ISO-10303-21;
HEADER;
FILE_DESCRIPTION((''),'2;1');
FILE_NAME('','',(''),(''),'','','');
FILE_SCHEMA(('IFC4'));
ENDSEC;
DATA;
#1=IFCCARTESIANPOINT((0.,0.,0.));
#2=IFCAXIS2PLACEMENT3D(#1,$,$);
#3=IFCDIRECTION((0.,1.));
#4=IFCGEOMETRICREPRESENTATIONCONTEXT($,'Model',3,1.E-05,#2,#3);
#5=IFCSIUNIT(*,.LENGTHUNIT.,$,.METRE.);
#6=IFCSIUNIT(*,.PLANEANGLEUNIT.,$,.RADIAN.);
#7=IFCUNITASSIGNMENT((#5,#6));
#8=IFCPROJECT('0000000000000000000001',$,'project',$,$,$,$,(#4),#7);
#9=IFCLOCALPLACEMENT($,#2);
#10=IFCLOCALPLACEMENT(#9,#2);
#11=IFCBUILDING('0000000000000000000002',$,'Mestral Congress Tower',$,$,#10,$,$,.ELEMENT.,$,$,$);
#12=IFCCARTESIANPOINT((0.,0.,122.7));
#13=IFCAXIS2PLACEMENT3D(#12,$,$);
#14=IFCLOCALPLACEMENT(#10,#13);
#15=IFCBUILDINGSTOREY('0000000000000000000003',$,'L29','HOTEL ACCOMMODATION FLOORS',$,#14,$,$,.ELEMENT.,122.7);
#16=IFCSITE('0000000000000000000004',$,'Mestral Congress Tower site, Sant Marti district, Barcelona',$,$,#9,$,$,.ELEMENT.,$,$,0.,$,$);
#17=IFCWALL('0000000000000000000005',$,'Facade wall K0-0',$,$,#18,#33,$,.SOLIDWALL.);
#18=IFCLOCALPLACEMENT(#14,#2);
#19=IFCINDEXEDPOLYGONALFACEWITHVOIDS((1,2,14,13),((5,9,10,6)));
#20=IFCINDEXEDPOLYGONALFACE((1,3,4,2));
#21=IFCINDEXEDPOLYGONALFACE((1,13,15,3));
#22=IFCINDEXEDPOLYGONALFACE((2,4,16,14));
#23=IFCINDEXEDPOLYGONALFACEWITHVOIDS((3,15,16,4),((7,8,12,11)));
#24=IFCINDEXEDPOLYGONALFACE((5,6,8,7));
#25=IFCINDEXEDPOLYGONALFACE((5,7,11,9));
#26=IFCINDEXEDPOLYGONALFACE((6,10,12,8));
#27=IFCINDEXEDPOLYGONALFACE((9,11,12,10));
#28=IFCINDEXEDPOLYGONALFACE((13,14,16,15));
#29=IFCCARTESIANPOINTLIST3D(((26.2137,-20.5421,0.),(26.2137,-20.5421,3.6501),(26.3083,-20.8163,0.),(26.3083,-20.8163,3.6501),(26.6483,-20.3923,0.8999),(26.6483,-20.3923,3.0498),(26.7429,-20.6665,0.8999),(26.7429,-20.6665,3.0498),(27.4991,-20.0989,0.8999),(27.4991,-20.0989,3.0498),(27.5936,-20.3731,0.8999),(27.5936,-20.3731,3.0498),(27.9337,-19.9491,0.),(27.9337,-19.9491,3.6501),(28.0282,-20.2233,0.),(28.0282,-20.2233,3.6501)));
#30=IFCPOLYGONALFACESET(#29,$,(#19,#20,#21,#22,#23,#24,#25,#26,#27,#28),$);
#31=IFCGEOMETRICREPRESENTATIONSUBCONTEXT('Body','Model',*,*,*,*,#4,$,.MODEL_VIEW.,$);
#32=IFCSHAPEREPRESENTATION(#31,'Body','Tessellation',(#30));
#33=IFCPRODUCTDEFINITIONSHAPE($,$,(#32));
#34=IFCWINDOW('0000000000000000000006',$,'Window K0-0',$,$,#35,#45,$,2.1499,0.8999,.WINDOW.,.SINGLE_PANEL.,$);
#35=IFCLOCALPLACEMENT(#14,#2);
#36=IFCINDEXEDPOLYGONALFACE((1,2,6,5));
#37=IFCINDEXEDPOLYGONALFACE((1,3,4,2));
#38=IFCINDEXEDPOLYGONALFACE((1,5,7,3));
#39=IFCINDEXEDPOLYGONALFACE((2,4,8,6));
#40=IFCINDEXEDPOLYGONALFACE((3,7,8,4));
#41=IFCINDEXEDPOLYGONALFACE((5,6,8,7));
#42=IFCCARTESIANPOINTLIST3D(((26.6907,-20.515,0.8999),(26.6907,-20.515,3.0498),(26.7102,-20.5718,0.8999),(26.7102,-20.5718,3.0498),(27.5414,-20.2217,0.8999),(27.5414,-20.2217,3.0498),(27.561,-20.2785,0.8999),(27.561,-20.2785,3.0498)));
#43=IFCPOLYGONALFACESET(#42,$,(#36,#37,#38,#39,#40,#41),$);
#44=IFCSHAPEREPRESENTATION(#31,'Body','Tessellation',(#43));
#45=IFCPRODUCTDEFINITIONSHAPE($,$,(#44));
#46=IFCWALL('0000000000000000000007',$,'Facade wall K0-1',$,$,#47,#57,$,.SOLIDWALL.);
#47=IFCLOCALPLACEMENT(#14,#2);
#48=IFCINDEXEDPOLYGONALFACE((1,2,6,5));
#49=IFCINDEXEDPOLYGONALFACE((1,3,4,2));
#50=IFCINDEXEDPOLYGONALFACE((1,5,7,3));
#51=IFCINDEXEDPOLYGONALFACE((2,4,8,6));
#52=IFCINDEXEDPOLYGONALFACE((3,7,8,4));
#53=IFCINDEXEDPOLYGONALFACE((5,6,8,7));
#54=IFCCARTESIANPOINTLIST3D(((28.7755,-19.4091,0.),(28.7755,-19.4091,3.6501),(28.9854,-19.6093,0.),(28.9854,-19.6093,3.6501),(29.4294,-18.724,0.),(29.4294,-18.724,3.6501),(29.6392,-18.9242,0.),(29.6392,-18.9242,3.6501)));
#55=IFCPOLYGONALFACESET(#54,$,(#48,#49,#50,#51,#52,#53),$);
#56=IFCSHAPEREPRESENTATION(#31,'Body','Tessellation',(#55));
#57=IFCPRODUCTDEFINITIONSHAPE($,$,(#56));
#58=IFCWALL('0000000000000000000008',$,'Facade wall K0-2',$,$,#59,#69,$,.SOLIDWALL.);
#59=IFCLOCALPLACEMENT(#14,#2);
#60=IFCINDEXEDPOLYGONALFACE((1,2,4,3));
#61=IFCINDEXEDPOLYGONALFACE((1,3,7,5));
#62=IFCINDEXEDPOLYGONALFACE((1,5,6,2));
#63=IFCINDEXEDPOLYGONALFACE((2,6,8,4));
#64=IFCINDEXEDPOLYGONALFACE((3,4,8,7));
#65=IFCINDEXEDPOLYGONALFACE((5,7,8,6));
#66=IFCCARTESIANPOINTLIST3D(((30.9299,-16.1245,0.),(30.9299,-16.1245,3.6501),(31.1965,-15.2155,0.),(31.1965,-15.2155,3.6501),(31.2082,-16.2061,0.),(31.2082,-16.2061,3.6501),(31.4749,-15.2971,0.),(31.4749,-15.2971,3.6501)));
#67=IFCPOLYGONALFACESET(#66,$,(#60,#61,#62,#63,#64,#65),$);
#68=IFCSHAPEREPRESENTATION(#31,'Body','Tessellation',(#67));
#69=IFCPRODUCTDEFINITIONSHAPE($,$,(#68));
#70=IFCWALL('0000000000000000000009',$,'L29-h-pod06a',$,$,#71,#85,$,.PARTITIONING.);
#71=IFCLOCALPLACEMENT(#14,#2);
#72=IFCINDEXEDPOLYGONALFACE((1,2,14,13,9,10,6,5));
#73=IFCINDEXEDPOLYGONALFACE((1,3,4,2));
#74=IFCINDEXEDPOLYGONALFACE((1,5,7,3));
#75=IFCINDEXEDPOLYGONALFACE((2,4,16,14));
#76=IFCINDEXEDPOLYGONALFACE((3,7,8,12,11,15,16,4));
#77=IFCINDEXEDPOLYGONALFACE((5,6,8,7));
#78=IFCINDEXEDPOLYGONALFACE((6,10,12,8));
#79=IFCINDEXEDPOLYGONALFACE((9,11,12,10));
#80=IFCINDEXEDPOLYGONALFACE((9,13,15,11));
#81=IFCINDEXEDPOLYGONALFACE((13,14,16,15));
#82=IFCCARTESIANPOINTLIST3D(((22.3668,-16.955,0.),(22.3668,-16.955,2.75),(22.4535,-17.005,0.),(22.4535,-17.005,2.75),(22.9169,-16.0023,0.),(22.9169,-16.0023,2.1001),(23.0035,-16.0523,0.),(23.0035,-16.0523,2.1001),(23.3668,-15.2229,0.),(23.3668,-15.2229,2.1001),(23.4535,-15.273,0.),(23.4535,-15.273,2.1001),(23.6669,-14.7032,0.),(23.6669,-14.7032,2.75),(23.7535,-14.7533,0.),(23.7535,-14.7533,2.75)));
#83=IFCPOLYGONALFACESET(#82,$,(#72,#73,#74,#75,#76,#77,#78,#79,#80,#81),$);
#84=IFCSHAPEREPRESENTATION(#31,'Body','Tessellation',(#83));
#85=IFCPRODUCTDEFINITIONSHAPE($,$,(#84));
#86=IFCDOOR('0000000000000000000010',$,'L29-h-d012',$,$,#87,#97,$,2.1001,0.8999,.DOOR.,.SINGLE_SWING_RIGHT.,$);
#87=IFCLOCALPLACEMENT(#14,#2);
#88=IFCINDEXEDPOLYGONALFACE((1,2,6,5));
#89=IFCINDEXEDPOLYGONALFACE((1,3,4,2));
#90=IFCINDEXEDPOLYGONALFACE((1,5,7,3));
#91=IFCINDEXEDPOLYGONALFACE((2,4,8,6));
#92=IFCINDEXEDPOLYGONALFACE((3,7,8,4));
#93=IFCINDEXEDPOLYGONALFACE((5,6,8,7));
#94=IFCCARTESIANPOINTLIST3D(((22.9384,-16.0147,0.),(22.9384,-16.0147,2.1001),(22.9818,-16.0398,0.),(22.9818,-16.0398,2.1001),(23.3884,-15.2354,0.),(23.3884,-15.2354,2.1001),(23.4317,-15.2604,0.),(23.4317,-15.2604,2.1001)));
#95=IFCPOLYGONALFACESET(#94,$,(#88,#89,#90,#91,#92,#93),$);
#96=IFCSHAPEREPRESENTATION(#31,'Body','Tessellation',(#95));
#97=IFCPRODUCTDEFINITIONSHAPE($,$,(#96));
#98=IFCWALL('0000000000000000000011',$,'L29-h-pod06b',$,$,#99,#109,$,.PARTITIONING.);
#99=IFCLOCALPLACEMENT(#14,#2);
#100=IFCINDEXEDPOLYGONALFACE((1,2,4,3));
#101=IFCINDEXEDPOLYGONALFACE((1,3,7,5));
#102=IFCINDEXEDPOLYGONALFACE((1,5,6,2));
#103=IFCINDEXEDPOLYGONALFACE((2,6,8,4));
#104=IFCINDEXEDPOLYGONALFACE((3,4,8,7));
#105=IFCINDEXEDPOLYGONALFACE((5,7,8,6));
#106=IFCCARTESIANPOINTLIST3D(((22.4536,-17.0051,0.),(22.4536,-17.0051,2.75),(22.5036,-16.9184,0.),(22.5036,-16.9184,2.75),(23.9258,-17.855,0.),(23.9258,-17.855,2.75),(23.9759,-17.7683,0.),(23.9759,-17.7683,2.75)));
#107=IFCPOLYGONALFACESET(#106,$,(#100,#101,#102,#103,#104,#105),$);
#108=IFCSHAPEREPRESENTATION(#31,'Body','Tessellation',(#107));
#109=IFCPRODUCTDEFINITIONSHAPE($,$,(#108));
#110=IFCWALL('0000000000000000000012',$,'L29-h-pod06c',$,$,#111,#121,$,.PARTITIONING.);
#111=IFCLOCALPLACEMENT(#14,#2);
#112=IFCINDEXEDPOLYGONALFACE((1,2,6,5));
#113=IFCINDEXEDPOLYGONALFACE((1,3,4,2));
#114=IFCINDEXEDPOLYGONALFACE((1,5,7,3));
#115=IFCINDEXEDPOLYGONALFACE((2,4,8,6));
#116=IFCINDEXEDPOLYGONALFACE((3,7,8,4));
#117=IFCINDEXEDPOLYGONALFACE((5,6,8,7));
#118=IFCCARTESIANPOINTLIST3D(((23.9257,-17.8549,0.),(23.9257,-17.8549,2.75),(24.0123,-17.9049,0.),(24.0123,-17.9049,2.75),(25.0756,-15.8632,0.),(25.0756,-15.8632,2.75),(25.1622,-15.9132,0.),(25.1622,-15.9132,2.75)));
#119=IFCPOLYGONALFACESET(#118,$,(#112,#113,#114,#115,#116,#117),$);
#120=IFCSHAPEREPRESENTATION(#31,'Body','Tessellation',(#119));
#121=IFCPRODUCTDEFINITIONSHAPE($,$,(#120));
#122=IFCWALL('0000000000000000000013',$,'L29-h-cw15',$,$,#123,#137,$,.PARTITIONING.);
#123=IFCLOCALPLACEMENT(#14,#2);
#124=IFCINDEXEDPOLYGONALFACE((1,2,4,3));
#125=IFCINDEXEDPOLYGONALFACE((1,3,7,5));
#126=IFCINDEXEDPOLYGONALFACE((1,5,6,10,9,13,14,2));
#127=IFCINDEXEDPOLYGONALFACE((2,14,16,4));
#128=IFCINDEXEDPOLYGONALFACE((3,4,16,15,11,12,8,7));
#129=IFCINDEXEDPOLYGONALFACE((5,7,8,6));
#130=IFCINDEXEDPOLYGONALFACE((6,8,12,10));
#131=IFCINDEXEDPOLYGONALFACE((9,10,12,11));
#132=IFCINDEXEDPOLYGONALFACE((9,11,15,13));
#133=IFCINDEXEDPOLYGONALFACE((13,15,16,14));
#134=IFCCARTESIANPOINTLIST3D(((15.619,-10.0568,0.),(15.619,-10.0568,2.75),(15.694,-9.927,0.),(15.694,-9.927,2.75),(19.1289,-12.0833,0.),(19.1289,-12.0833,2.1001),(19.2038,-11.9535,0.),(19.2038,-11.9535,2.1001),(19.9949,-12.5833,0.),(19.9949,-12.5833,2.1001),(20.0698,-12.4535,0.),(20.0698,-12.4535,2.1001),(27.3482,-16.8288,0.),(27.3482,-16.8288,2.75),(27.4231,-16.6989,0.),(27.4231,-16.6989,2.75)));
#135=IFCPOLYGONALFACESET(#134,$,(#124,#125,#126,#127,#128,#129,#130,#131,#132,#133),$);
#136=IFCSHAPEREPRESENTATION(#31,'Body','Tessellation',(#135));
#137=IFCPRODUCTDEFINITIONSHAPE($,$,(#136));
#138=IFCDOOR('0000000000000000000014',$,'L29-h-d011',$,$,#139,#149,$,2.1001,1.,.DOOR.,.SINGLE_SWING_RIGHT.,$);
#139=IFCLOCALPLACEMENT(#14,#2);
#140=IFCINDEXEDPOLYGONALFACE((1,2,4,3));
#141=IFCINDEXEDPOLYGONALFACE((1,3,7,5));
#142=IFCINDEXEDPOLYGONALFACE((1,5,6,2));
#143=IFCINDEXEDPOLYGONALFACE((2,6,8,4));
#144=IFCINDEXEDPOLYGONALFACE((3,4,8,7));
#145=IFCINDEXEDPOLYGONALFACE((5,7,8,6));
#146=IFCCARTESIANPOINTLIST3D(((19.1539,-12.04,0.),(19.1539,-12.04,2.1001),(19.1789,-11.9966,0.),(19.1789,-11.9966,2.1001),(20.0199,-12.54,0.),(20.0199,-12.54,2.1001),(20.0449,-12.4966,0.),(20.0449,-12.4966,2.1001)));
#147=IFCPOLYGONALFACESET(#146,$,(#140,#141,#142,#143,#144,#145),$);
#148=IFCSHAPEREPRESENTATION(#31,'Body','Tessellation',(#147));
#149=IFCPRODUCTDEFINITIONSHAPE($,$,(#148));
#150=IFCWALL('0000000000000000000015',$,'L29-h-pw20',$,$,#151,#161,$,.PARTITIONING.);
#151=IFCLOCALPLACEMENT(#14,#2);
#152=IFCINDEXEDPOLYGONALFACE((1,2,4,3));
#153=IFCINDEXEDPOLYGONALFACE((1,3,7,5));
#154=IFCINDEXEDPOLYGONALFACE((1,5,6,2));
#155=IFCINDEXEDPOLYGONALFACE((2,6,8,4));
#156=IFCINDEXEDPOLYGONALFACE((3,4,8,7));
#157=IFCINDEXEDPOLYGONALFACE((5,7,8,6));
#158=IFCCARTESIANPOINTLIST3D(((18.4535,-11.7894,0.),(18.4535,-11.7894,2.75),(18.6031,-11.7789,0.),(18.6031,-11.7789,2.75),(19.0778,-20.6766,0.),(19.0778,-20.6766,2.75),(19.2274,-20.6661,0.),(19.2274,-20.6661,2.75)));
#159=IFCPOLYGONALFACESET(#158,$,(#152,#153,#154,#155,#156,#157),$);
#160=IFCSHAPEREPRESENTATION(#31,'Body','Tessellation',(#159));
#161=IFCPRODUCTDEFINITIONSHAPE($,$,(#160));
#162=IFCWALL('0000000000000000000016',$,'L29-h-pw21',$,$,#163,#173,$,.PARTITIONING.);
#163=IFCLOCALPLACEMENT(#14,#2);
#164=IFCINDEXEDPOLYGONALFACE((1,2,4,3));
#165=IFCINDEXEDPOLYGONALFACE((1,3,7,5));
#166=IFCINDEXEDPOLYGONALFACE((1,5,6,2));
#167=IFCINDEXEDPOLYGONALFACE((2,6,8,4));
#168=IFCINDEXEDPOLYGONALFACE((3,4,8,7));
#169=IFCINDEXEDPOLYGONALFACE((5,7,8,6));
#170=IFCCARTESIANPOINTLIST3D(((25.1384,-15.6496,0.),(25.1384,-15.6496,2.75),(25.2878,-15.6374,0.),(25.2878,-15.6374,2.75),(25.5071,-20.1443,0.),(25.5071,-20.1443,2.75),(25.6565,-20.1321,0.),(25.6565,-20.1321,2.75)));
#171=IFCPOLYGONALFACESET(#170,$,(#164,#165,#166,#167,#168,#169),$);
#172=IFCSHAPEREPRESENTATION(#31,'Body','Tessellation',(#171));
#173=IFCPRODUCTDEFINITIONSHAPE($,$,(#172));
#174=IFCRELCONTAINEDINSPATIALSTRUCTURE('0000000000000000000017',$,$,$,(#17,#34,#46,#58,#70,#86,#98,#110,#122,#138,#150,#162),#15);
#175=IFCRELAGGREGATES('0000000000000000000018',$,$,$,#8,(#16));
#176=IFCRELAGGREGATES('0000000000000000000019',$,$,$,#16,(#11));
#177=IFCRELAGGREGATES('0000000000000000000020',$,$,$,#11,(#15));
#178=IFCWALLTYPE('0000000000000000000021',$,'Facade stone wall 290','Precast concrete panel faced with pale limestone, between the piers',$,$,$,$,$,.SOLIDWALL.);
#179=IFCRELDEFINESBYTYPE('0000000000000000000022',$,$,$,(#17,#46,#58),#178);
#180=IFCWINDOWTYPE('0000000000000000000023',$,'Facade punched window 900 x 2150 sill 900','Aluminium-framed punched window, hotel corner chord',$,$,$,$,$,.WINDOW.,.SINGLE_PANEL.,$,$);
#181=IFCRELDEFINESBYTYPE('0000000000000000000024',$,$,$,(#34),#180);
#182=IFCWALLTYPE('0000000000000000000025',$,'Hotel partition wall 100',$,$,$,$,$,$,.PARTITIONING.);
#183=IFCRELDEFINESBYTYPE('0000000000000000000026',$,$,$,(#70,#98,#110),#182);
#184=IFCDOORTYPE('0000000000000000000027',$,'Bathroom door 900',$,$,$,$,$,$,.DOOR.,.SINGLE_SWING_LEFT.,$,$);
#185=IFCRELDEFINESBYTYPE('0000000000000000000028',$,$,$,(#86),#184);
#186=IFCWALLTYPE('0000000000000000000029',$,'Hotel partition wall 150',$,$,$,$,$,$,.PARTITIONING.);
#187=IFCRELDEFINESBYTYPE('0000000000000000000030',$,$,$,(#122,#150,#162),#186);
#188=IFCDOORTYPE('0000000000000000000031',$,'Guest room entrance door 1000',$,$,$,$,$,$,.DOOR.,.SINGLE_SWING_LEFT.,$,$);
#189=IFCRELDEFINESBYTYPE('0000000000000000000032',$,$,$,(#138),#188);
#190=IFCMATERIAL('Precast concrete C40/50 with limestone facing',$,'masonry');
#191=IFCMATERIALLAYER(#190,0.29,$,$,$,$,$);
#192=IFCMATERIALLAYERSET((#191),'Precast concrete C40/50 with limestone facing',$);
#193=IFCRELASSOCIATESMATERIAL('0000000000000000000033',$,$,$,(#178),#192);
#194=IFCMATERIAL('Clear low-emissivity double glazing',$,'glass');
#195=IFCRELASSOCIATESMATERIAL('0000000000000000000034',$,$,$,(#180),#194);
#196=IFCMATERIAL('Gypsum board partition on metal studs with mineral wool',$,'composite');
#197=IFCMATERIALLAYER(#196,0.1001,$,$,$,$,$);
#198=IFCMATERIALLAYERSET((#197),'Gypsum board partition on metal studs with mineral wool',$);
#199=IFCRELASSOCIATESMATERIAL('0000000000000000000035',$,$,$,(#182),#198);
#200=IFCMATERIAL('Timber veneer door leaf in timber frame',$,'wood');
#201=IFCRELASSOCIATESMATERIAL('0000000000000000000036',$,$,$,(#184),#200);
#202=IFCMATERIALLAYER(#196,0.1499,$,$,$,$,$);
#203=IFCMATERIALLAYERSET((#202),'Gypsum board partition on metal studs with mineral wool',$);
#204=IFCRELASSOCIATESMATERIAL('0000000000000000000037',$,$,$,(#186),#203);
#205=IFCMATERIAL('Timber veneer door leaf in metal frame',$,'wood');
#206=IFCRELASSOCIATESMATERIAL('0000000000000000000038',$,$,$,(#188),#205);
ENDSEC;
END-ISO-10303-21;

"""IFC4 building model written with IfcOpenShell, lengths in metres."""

from ifc_helpers import new_model, si_unit, direction, frame, frame_2d, origin, place, context, subcontext, project, spatial, rectangle, extrude, material, layer, layer_set, type_object, element, fill, save


model = new_model("IFC4")

# Units and contexts
model_context = context("Model", 3, precision=1e-05, world=origin(), true_north=direction((0.0, 1.0)))
body_context = subcontext(model_context, "Body", "Model", "MODEL_VIEW")
ifc_project = project(units=[si_unit("LENGTHUNIT", "METRE"), si_unit("PLANEANGLEUNIT", "RADIAN")], contexts=[model_context])

# Site, building, storey
site_placement = place(None, origin())
site = spatial("IfcSite", under=ifc_project, at=site_placement, Name="Mestral Congress Tower site, Sant Marti district, Barcelona", CompositionType="ELEMENT", RefElevation=0.0)
building_placement = place(site_placement, origin())
building = spatial("IfcBuilding", under=site, at=building_placement, Name="Mestral Congress Tower", CompositionType="ELEMENT")
storey_placement = place(building_placement, frame((0.0, 0.0, 122.7)))
storey = spatial("IfcBuildingStorey", under=building, at=storey_placement, Name="L29", Description="HOTEL ACCOMMODATION FLOORS", CompositionType="ELEMENT", Elevation=122.7)

# Shared definitions
ifc_material_1 = material(Name="Precast concrete C40/50 with limestone facing", Category="masonry")
ifc_layer_1 = layer(ifc_material_1, 0.29)
ifc_layer_set_1 = layer_set([ifc_layer_1], Name="Precast concrete C40/50 with limestone facing")
wall_type_1 = type_object("IfcWallType", Name="Facade stone wall 290", Description="Precast concrete panel faced with pale limestone, between the piers", PredefinedType="SOLIDWALL", material=ifc_layer_set_1)
ifc_material_2 = material(Name="Clear low-emissivity double glazing", Category="glass")

# Wall, opening, window
wall_1_placement = place(storey_placement, frame((26.261, -20.6792, 0.0), z_axis=(0.0, 0.0, 1.0), x_axis=(0.945386, 0.325953, 0.0)))
wall_1 = element("IfcWall", 1, at=wall_1_placement, inside=storey, type_object=wall_type_1, Name="Facade wall K0-0", PredefinedType="SOLIDWALL", context=body_context, shape_type="SweptSolid", body=[
    extrude(rectangle(XDim=1.8193, YDim=0.29, at=frame_2d((0.9097, 0.0))), origin(), (0.0, 0.0, 1.0), 3.6501),
])
opening_1_placement = place(wall_1_placement, frame((0.4597, 0.0, 0.8999)))
opening_1 = element("IfcOpeningElement", 2, at=opening_1_placement, cuts=wall_1, PredefinedType="OPENING", context=body_context, shape_type="SweptSolid", body=[
    extrude(rectangle(XDim=0.8999, YDim=2.1499, at=frame_2d((0.45, 1.075))), frame((0.0, 0.155, 0.0), z_axis=(0.0, -1.0, 0.0), x_axis=(1.0, 0.0, 0.0)), (0.0, 0.0, 1.0), 0.3101),
])
window_type_1 = type_object("IfcWindowType", Name="Facade punched window 900 x 2150 sill 900", Description="Aluminium-framed punched window, hotel corner chord", PartitioningType="SINGLE_PANEL", PredefinedType="WINDOW", material=ifc_material_2)
window_1_placement = place(opening_1_placement, origin())
window_1 = element("IfcWindow", 3, at=window_1_placement, inside=storey, type_object=window_type_1, Name="Window K0-0", OverallHeight=2.1499, OverallWidth=0.8999, PartitioningType="SINGLE_PANEL", PredefinedType="WINDOW", context=body_context, shape_type="SweptSolid", body=[
    extrude(rectangle(XDim=0.8999, YDim=2.1499, at=frame_2d((0.45, 1.075))), frame((0.0, 0.0151, 0.0), z_axis=(0.0, -1.0, 0.0), x_axis=(1.0, 0.0, 0.0)), (0.0, 0.0, 1.0), 0.0601),
])
fill(opening_1, window_1)

# Walls
wall_2_placement = place(storey_placement, frame((28.8804, -19.5093, 0.0), z_axis=(0.0, 0.0, 1.0), x_axis=(0.690414, 0.723414, 0.0)))
element("IfcWall", 4, at=wall_2_placement, inside=storey, type_object=wall_type_1, Name="Facade wall K0-1", PredefinedType="SOLIDWALL", context=body_context, shape_type="SweptSolid", body=[
    extrude(rectangle(XDim=0.947, YDim=0.29, at=frame_2d((0.4736, 0.0))), origin(), (0.0, 0.0, 1.0), 3.6501),
])
wall_3_placement = place(storey_placement, frame((31.0691, -16.1653, 0.0), z_axis=(0.0, 0.0, 1.0), x_axis=(0.281455, 0.959575, 0.0)))
element("IfcWall", 5, at=wall_3_placement, inside=storey, type_object=wall_type_1, Name="Facade wall K0-2", PredefinedType="SOLIDWALL", context=body_context, shape_type="SweptSolid", body=[
    extrude(rectangle(XDim=0.9473, YDim=0.29, at=frame_2d((0.4736, 0.0))), origin(), (0.0, 0.0, 1.0), 3.6501),
])

# Wall, opening, door
ifc_material_3 = material(Name="Gypsum board partition on metal studs with mineral wool", Category="composite")
ifc_layer_2 = layer(ifc_material_3, 0.1001)
ifc_layer_set_2 = layer_set([ifc_layer_2], Name="Gypsum board partition on metal studs with mineral wool")
wall_type_2 = type_object("IfcWallType", Name="Hotel partition wall 100", PredefinedType="PARTITIONING", material=ifc_layer_set_2)
wall_4_placement = place(storey_placement, frame((23.7102, -14.7283, 0.0), z_axis=(0.0, 0.0, 1.0), x_axis=(-0.500007, -0.866021, 0.0)))
wall_4 = element("IfcWall", 6, at=wall_4_placement, inside=storey, type_object=wall_type_2, Name="L29-h-pod06a", PredefinedType="PARTITIONING", context=body_context, shape_type="SweptSolid", body=[
    extrude(rectangle(XDim=2.6001, YDim=0.1001, at=frame_2d((1.3, 0.0))), origin(), (0.0, 0.0, 1.0), 2.75),
])
opening_2_placement = place(wall_4_placement, frame((0.6001, 0.0, 0.0)))
opening_2 = element("IfcOpeningElement", 7, at=opening_2_placement, cuts=wall_4, PredefinedType="OPENING", context=body_context, shape_type="SweptSolid", body=[
    extrude(rectangle(XDim=0.8999, YDim=2.1001, at=frame_2d((0.45, 1.05))), frame((0.0, 0.0601, 0.0), z_axis=(0.0, -1.0, 0.0), x_axis=(1.0, 0.0, 0.0)), (0.0, 0.0, 1.0), 0.1201),
])
ifc_material_4 = material(Name="Timber veneer door leaf in timber frame", Category="wood")
door_type_1 = type_object("IfcDoorType", Name="Bathroom door 900", OperationType="SINGLE_SWING_LEFT", PredefinedType="DOOR", material=ifc_material_4)
door_1_placement = place(opening_2_placement, origin())
door_1 = element("IfcDoor", 8, at=door_1_placement, inside=storey, type_object=door_type_1, Name="L29-h-d012", OperationType="SINGLE_SWING_RIGHT", OverallHeight=2.1001, OverallWidth=0.8999, PredefinedType="DOOR", context=body_context, shape_type="SweptSolid", body=[
    extrude(rectangle(XDim=0.8999, YDim=2.1001, at=frame_2d((0.45, 1.05))), frame((0.0, 0.0249, 0.0), z_axis=(0.0, -1.0, 0.0), x_axis=(1.0, 0.0, 0.0)), (0.0, 0.0, 1.0), 0.05),
])
fill(opening_2, door_1)

# Walls
wall_5_placement = place(storey_placement, frame((22.4785, -16.9617, 0.0), z_axis=(0.0, 0.0, 1.0), x_axis=(0.866052, -0.499955, 0.0)))
element("IfcWall", 9, at=wall_5_placement, inside=storey, type_object=wall_type_2, Name="L29-h-pod06b", PredefinedType="PARTITIONING", context=body_context, shape_type="SweptSolid", body=[
    extrude(rectangle(XDim=1.7, YDim=0.1001, at=frame_2d((0.8501, 0.0))), origin(), (0.0, 0.0, 1.0), 2.75),
])
wall_6_placement = place(storey_placement, frame((25.1189, -15.8882, 0.0), z_axis=(0.0, 0.0, 1.0), x_axis=(-0.499998, -0.866026, 0.0)))
element("IfcWall", 10, at=wall_6_placement, inside=storey, type_object=wall_type_2, Name="L29-h-pod06c", PredefinedType="PARTITIONING", context=body_context, shape_type="SweptSolid", body=[
    extrude(rectangle(XDim=2.2998, YDim=0.1001, at=frame_2d((1.1499, 0.0))), origin(), (0.0, 0.0, 1.0), 2.75),
])

# Wall, opening, door
ifc_layer_3 = layer(ifc_material_3, 0.1499)
ifc_layer_set_3 = layer_set([ifc_layer_3], Name="Gypsum board partition on metal studs with mineral wool")
wall_type_3 = type_object("IfcWallType", Name="Hotel partition wall 150", PredefinedType="PARTITIONING", material=ifc_layer_set_3)
wall_7_placement = place(storey_placement, frame((27.3857, -16.7639, 0.0), z_axis=(0.0, 0.0, 1.0), x_axis=(-0.866023, 0.500005, 0.0)))
wall_7 = element("IfcWall", 11, at=wall_7_placement, inside=storey, type_object=wall_type_3, Name="L29-h-cw15", PredefinedType="PARTITIONING", context=body_context, shape_type="SweptSolid", body=[
    extrude(rectangle(XDim=13.5437, YDim=0.1499, at=frame_2d((6.772, 0.0))), origin(), (0.0, 0.0, 1.0), 2.75),
])
opening_3_placement = place(wall_7_placement, frame((8.491, 0.0, 0.0)))
opening_3 = element("IfcOpeningElement", 12, at=opening_3_placement, cuts=wall_7, PredefinedType="OPENING", context=body_context, shape_type="SweptSolid", body=[
    extrude(rectangle(XDim=1.0, YDim=2.1001, at=frame_2d((0.5, 1.05))), frame((0.0, 0.085, 0.0), z_axis=(0.0, -1.0, 0.0), x_axis=(1.0, 0.0, 0.0)), (0.0, 0.0, 1.0), 0.1699),
])
ifc_material_5 = material(Name="Timber veneer door leaf in metal frame", Category="wood")
door_type_2 = type_object("IfcDoorType", Name="Guest room entrance door 1000", OperationType="SINGLE_SWING_LEFT", PredefinedType="DOOR", material=ifc_material_5)
door_2_placement = place(opening_3_placement, origin())
door_2 = element("IfcDoor", 13, at=door_2_placement, inside=storey, type_object=door_type_2, Name="L29-h-d011", OperationType="SINGLE_SWING_RIGHT", OverallHeight=2.1001, OverallWidth=1.0, PredefinedType="DOOR", context=body_context, shape_type="SweptSolid", body=[
    extrude(rectangle(XDim=1.0, YDim=2.1001, at=frame_2d((0.5, 1.05))), frame((0.0, 0.0249, 0.0), z_axis=(0.0, -1.0, 0.0), x_axis=(1.0, 0.0, 0.0)), (0.0, 0.0, 1.0), 0.05),
])
fill(opening_3, door_2)

# Walls
wall_8_placement = place(storey_placement, frame((19.1526, -20.6714, 0.0), z_axis=(0.0, 0.0, 1.0), x_axis=(-0.070071, 0.997542, 0.0)))
element("IfcWall", 14, at=wall_8_placement, inside=storey, type_object=wall_type_3, Name="L29-h-pw20", PredefinedType="PARTITIONING", context=body_context, shape_type="SweptSolid", body=[
    extrude(rectangle(XDim=8.9092, YDim=0.1499, at=frame_2d((4.4546, 0.0))), origin(), (0.0, 0.0, 1.0), 2.75),
])
wall_9_placement = place(storey_placement, frame((25.5818, -20.1382, 0.0), z_axis=(0.0, 0.0, 1.0), x_axis=(-0.081746, 0.996653, 0.0)))
element("IfcWall", 15, at=wall_9_placement, inside=storey, type_object=wall_type_3, Name="L29-h-pw21", PredefinedType="PARTITIONING", context=body_context, shape_type="SweptSolid", body=[
    extrude(rectangle(XDim=4.5098, YDim=0.1499, at=frame_2d((2.2549, 0.0))), origin(), (0.0, 0.0, 1.0), 2.75),
])

save(model, "model.ifc")
